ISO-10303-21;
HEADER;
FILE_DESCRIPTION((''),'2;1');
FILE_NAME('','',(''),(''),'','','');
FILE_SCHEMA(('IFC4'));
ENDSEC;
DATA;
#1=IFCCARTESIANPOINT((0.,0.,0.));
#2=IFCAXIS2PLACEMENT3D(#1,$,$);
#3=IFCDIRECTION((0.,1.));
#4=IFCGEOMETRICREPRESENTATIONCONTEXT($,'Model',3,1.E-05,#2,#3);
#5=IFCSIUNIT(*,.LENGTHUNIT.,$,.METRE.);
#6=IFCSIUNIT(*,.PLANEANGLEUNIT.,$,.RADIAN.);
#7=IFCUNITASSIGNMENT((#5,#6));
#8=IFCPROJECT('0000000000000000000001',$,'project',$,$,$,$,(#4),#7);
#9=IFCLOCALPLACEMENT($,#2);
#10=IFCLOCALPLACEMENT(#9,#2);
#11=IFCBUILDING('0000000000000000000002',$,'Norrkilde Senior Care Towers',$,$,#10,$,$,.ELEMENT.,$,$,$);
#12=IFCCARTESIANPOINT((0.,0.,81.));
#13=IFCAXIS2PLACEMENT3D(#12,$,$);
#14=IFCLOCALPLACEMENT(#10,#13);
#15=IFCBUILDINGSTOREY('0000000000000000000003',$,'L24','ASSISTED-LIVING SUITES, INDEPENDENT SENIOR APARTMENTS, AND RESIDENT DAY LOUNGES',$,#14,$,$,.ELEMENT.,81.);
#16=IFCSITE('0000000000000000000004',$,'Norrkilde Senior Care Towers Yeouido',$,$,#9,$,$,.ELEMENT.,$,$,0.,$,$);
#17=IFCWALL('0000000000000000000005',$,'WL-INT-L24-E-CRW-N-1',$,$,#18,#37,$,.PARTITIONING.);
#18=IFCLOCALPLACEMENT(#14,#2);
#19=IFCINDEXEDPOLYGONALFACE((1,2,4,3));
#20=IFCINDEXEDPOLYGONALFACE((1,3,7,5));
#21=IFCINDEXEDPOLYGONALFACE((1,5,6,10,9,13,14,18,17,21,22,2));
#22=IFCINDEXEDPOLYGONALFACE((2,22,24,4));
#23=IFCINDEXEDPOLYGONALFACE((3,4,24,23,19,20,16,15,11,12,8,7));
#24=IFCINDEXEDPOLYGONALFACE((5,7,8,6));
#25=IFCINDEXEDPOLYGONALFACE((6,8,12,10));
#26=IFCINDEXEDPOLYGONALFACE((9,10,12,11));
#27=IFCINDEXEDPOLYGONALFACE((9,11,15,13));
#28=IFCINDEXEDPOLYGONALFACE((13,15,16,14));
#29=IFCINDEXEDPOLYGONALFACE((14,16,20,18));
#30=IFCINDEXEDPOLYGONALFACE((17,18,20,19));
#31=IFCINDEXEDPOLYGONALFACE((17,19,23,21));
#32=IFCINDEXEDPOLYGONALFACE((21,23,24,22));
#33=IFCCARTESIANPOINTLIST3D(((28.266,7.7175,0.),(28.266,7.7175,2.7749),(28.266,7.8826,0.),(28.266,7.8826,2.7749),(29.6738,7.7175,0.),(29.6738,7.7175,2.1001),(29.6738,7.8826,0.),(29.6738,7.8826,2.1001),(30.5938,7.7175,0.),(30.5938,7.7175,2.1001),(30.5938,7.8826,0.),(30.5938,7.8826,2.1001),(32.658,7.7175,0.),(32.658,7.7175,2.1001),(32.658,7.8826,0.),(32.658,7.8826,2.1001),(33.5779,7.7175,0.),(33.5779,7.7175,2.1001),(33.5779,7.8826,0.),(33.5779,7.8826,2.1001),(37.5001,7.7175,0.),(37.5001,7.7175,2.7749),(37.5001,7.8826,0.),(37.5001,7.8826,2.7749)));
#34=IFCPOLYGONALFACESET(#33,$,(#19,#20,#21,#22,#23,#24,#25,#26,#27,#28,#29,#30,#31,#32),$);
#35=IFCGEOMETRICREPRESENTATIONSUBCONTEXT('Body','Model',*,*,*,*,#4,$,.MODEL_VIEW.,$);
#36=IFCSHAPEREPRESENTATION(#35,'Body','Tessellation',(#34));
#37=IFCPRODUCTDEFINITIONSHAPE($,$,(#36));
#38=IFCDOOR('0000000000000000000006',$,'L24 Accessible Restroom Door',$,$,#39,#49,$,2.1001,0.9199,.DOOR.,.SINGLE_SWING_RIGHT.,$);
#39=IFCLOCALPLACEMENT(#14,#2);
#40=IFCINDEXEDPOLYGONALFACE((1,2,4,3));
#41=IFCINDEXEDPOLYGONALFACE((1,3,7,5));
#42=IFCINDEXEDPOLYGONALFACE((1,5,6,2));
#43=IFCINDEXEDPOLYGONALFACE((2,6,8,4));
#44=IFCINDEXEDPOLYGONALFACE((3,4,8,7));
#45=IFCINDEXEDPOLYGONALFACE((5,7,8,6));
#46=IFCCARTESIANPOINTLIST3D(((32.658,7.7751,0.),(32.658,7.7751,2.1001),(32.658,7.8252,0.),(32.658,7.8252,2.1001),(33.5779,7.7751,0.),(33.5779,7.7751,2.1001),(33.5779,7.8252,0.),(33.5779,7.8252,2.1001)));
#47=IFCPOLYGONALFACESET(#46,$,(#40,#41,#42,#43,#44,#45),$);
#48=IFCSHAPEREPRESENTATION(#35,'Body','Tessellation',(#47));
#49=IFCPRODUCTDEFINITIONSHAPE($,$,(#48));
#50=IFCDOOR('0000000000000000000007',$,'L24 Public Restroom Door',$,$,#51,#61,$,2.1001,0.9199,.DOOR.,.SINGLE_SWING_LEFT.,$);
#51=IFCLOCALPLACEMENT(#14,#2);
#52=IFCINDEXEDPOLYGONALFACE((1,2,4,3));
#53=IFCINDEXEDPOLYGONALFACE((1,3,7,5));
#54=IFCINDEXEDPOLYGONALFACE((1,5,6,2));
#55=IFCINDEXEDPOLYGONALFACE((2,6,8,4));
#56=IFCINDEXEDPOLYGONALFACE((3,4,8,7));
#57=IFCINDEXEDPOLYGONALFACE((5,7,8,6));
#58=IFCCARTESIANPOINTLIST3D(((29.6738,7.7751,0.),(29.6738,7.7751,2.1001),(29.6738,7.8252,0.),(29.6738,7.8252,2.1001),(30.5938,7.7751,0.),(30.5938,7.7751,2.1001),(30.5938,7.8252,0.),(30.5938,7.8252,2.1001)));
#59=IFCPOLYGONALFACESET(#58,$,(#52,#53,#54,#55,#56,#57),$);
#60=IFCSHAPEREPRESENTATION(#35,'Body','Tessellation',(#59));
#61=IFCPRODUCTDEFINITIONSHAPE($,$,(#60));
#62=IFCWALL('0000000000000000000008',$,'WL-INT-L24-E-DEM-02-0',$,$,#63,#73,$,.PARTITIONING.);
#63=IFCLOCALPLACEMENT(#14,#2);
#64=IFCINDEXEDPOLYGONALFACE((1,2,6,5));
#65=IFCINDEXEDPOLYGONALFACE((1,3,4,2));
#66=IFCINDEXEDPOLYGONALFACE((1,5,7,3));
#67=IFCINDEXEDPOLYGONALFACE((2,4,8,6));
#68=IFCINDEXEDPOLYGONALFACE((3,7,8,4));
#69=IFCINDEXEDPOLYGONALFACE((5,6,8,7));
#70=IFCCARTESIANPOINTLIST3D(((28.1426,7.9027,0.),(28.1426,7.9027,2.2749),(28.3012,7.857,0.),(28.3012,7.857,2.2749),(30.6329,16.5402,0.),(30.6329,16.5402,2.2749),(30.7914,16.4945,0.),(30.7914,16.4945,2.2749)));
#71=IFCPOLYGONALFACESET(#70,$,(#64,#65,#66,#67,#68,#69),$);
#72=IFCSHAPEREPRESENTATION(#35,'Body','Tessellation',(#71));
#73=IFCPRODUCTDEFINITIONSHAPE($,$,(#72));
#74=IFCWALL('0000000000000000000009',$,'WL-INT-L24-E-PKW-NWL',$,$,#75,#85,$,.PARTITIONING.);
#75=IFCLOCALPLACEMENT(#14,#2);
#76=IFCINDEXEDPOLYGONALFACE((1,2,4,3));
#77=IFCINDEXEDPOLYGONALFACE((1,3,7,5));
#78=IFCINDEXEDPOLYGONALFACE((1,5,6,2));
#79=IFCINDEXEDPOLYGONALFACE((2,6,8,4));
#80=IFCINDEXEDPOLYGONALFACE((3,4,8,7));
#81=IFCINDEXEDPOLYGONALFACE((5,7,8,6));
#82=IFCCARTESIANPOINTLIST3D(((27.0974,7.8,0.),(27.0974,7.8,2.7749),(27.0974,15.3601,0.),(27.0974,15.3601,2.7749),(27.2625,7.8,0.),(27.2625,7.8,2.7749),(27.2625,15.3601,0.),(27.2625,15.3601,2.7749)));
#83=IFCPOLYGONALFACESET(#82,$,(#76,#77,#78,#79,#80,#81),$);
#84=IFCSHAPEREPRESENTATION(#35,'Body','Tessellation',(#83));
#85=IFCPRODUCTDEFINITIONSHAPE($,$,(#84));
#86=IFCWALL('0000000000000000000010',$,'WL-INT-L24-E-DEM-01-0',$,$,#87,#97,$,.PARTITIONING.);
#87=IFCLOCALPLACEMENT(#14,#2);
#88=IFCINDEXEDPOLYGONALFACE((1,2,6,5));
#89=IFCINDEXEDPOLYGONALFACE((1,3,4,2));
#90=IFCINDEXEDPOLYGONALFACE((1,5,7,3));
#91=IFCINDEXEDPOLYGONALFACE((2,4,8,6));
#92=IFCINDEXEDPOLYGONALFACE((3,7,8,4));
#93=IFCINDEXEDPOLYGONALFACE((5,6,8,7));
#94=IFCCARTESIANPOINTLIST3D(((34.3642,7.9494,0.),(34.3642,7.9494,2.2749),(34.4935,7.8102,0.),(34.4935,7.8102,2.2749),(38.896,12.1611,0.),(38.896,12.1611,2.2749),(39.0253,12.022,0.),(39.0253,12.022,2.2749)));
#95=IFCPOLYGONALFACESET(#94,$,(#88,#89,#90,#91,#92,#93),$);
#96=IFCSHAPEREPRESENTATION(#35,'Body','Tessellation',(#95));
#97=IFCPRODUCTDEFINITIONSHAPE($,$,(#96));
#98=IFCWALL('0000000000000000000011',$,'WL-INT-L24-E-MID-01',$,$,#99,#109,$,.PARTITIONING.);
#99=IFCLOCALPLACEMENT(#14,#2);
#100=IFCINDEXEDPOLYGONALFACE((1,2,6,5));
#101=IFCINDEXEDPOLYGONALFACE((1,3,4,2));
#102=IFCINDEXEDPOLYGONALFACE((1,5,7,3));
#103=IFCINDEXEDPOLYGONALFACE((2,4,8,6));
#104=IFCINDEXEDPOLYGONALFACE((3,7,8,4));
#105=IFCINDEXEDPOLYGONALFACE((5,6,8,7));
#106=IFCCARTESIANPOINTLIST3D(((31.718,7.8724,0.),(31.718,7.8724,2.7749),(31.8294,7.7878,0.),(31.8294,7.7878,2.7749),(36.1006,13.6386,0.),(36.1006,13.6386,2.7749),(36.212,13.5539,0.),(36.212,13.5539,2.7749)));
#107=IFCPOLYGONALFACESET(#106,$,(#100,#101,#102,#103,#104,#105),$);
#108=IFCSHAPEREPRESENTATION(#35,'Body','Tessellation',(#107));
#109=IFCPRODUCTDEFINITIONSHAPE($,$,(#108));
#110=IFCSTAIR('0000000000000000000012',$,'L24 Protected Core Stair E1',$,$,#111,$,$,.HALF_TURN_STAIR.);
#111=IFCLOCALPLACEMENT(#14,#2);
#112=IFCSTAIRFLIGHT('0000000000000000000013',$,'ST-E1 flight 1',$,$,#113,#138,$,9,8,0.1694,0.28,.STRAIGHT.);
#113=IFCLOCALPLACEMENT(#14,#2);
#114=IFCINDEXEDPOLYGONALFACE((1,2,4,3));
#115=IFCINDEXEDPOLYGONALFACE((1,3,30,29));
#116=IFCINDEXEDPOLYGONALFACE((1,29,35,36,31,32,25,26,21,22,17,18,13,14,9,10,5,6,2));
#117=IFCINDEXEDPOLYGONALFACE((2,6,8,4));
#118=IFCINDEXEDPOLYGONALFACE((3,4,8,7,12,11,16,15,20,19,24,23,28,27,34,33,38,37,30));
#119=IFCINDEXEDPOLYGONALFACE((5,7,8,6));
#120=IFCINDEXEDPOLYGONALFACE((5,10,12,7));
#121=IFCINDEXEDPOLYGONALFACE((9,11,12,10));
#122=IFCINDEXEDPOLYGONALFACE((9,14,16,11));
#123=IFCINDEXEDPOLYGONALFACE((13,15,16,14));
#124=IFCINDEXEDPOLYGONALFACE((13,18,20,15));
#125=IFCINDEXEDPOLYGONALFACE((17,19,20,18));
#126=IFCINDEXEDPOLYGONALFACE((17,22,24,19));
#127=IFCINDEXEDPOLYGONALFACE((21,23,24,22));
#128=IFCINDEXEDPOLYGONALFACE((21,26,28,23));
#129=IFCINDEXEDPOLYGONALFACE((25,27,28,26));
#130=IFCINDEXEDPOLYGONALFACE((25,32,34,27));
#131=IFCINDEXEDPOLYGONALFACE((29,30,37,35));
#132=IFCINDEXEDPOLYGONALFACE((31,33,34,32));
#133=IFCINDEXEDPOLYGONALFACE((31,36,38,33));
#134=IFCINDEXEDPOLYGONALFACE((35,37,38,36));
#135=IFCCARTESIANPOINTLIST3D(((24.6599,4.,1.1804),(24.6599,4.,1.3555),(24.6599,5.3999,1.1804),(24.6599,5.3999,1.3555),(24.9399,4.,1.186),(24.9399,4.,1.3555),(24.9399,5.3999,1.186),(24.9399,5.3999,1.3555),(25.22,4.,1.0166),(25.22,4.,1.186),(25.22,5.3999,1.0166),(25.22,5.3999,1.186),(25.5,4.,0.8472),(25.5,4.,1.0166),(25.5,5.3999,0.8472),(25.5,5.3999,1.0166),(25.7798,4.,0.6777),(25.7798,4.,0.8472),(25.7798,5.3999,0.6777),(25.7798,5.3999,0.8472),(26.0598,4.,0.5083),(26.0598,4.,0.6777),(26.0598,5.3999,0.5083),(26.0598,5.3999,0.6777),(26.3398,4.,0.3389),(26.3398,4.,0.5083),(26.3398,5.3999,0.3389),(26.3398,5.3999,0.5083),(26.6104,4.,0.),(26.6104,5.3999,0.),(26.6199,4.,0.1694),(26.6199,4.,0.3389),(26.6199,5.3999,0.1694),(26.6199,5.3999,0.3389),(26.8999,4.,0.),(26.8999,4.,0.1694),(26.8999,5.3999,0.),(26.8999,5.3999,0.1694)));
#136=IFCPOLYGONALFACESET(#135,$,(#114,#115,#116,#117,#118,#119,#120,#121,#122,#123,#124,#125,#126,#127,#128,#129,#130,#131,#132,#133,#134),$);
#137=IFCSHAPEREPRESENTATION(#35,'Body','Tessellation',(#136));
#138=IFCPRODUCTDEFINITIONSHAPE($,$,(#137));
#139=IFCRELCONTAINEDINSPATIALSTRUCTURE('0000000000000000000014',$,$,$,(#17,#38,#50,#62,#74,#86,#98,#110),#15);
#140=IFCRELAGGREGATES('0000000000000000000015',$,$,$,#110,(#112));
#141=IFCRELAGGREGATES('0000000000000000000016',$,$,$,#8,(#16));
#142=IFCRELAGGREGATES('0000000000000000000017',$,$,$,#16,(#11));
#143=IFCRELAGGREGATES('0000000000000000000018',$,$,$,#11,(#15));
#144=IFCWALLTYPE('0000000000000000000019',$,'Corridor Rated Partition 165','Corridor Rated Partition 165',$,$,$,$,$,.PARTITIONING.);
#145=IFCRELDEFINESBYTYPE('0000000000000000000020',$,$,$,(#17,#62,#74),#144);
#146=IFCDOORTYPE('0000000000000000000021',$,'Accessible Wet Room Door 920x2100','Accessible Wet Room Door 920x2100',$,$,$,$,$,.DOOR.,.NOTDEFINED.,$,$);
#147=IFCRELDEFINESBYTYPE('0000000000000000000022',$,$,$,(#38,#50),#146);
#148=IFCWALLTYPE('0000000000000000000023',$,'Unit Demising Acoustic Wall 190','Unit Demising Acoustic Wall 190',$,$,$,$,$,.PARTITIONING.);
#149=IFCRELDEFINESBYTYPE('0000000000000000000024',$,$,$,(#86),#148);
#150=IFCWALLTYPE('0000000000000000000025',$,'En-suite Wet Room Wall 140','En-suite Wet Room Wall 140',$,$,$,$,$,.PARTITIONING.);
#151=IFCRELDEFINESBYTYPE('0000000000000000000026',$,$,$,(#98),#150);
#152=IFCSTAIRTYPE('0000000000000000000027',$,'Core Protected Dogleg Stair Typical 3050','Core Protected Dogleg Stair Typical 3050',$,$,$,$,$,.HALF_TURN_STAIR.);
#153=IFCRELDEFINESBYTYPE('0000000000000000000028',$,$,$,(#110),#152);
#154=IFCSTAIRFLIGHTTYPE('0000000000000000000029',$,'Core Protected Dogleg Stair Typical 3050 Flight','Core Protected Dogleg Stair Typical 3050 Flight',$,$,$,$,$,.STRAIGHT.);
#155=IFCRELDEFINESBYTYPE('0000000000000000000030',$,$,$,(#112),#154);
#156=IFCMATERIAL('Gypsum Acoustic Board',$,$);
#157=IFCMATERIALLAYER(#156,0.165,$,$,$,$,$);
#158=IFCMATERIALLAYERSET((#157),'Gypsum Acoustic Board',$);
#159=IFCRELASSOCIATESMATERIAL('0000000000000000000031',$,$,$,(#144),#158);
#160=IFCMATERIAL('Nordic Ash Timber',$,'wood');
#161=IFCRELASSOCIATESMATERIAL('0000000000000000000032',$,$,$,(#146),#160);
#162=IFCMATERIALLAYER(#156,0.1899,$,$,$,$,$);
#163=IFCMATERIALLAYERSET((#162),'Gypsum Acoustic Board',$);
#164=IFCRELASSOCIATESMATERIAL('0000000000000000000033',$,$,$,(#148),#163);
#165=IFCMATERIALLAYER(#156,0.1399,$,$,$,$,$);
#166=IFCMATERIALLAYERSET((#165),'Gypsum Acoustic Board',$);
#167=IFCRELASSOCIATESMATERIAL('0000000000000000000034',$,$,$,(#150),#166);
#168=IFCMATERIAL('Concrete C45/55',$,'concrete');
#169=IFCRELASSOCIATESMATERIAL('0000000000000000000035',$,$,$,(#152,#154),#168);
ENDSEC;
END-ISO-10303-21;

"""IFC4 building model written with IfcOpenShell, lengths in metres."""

from ifc_helpers import new_model, si_unit, direction, frame, frame_2d, origin, place, context, subcontext, project, spatial, polyline, rectangle, outline, extrude, source, transform, mapped, material, layer, layer_set, type_object, type_shapes, element, fill, aggregate, save


model = new_model("IFC4")

# Units and contexts
model_context = context("Model", 3, precision=1e-05, world=origin(), true_north=direction((0.0, 1.0)))
body_context = subcontext(model_context, "Body", "Model", "MODEL_VIEW")
ifc_project = project(units=[si_unit("LENGTHUNIT", "METRE"), si_unit("PLANEANGLEUNIT", "RADIAN")], contexts=[model_context])

# Site, building, storey
site_placement = place(None, origin())
site = spatial("IfcSite", under=ifc_project, at=site_placement, Name="Norrkilde Senior Care Towers Yeouido", CompositionType="ELEMENT", RefElevation=0.0)
building_placement = place(site_placement, origin())
building = spatial("IfcBuilding", under=site, at=building_placement, Name="Norrkilde Senior Care Towers", CompositionType="ELEMENT")
storey_placement = place(building_placement, frame((0.0, 0.0, 81.0)))
storey = spatial("IfcBuildingStorey", under=building, at=storey_placement, Name="L24", Description="ASSISTED-LIVING SUITES, INDEPENDENT SENIOR APARTMENTS, AND RESIDENT DAY LOUNGES", CompositionType="ELEMENT", Elevation=81.0)

# Shared definitions
ifc_material_1 = material(Name="Concrete C45/55", Category="concrete")

# Shared definitions
ifc_material_2 = material(Name="Gypsum Acoustic Board")

# Wall, openings, doors
ifc_layer_1 = layer(ifc_material_2, 0.165)
ifc_layer_set_1 = layer_set([ifc_layer_1], Name="Gypsum Acoustic Board")
wall_type_1 = type_object("IfcWallType", Name="Corridor Rated Partition 165", Description="Corridor Rated Partition 165", PredefinedType="PARTITIONING", material=ifc_layer_set_1)
shared_shape_1 = source(origin(), body_context, "Body", "SweptSolid", [
    extrude(rectangle(XDim=9.2341, YDim=0.165, at=frame_2d((4.6172, 0.0))), origin(), (0.0, 0.0, 1.0), 2.7749),
])
wall_1_placement = place(storey_placement, frame((28.2659, 7.8, 0.0), z_axis=(0.0, 0.0, 1.0), x_axis=(1.0, 0.0, 0.0)))
wall_1 = element("IfcWall", 1, at=wall_1_placement, inside=storey, type_object=wall_type_1, Name="WL-INT-L24-E-CRW-N-1", PredefinedType="PARTITIONING", context=body_context, shape_type="MappedRepresentation", body=[
    mapped(shared_shape_1, transform((0.0, 0.0, 0.0), x_axis=(1.0, 0.0, 0.0), y_axis=(0.0, 1.0, 0.0), z_axis=(0.0, 0.0, 1.0), scale=1.0)),
])
opening_1_placement = place(wall_1_placement, frame((4.3921, 0.0, 0.0)))
opening_1 = element("IfcOpeningElement", 2, at=opening_1_placement, cuts=wall_1, PredefinedType="OPENING", context=body_context, shape_type="SweptSolid", body=[
    extrude(rectangle(XDim=0.9199, YDim=2.1001, at=frame_2d((0.46, 1.05))), frame((0.0, 0.0925, 0.0), z_axis=(0.0, -1.0, 0.0), x_axis=(1.0, 0.0, 0.0)), (0.0, 0.0, 1.0), 0.1851),
])
opening_2_placement = place(wall_1_placement, frame((1.408, 0.0, 0.0)))
opening_2 = element("IfcOpeningElement", 3, at=opening_2_placement, cuts=wall_1, PredefinedType="OPENING", context=body_context, shape_type="SweptSolid", body=[
    extrude(rectangle(XDim=0.9199, YDim=2.1001, at=frame_2d((0.46, 1.05))), frame((0.0, 0.0925, 0.0), z_axis=(0.0, -1.0, 0.0), x_axis=(1.0, 0.0, 0.0)), (0.0, 0.0, 1.0), 0.1851),
])
ifc_material_3 = material(Name="Nordic Ash Timber", Category="wood")
door_type_1 = type_object("IfcDoorType", Name="Accessible Wet Room Door 920x2100", Description="Accessible Wet Room Door 920x2100", OperationType="NOTDEFINED", PredefinedType="DOOR", material=ifc_material_3)
shared_shape_2 = source(origin(), body_context, "Body", "SweptSolid", [
    extrude(rectangle(XDim=0.9199, YDim=2.1001, at=frame_2d((0.46, 1.05))), frame((0.0, 0.0249, 0.0), z_axis=(0.0, -1.0, 0.0), x_axis=(1.0, 0.0, 0.0)), (0.0, 0.0, 1.0), 0.05),
])
type_shapes(door_type_1, [shared_shape_2])
door_1_placement = place(opening_1_placement, frame((0.9199, 0.0, 0.0), z_axis=(0.0, 0.0, 1.0), x_axis=(-1.0, 0.0, 0.0)))
door_1 = element("IfcDoor", 4, at=door_1_placement, inside=storey, type_object=door_type_1, Name="L24 Accessible Restroom Door", OperationType="SINGLE_SWING_RIGHT", OverallHeight=2.1001, OverallWidth=0.9199, PredefinedType="DOOR", context=body_context, shape_type="MappedRepresentation", body=[
    mapped(shared_shape_2, transform((0.0, 0.0, 0.0), x_axis=(1.0, 0.0, 0.0), y_axis=(0.0, 1.0, 0.0), z_axis=(0.0, 0.0, 1.0), scale=1.0)),
])
fill(opening_1, door_1)
door_2_placement = place(opening_2_placement, frame((0.9199, 0.0, 0.0), z_axis=(0.0, 0.0, 1.0), x_axis=(-1.0, 0.0, 0.0)))
door_2 = element("IfcDoor", 5, at=door_2_placement, inside=storey, type_object=door_type_1, Name="L24 Public Restroom Door", OperationType="SINGLE_SWING_LEFT", OverallHeight=2.1001, OverallWidth=0.9199, PredefinedType="DOOR", context=body_context, shape_type="MappedRepresentation", body=[
    mapped(shared_shape_2, transform((0.0, 0.0, 0.0), x_axis=(1.0, 0.0, 0.0), y_axis=(0.0, 1.0, 0.0), z_axis=(0.0, 0.0, 1.0), scale=1.0)),
])
fill(opening_2, door_2)

# Walls
shared_shape_3 = source(origin(), body_context, "Body", "SweptSolid", [
    extrude(rectangle(XDim=8.9893, YDim=0.165, at=frame_2d((4.4946, 0.0))), origin(), (0.0, 0.0, 1.0), 2.2749),
])
wall_2_placement = place(storey_placement, frame((28.2219, 7.8799, 0.0), z_axis=(0.0, 0.0, 1.0), x_axis=(0.277023, 0.960863, 0.0)))
element("IfcWall", 6, at=wall_2_placement, inside=storey, type_object=wall_type_1, Name="WL-INT-L24-E-DEM-02-0", PredefinedType="PARTITIONING", context=body_context, shape_type="MappedRepresentation", body=[
    mapped(shared_shape_3, transform((0.0, 0.0, 0.0), x_axis=(1.0, 0.0, 0.0), y_axis=(0.0, 1.0, 0.0), z_axis=(0.0, 0.0, 1.0), scale=1.0)),
])
shared_shape_4 = source(origin(), body_context, "Body", "SweptSolid", [
    extrude(rectangle(XDim=7.5601, YDim=0.165, at=frame_2d((3.78, 0.0))), origin(), (0.0, 0.0, 1.0), 2.7749),
])
type_shapes(wall_type_1, [shared_shape_1, shared_shape_3, shared_shape_4])
wall_3_placement = place(storey_placement, frame((27.1799, 7.8, 0.0), z_axis=(0.0, 0.0, 1.0), x_axis=(0.0, 1.0, 0.0)))
element("IfcWall", 7, at=wall_3_placement, inside=storey, type_object=wall_type_1, Name="WL-INT-L24-E-PKW-NWL", PredefinedType="PARTITIONING", context=body_context, shape_type="MappedRepresentation", body=[
    mapped(shared_shape_4, transform((0.0, 0.0, 0.0), x_axis=(1.0, 0.0, 0.0), y_axis=(0.0, 1.0, 0.0), z_axis=(0.0, 0.0, 1.0), scale=1.0)),
])
ifc_layer_2 = layer(ifc_material_2, 0.1899)
ifc_layer_set_2 = layer_set([ifc_layer_2], Name="Gypsum Acoustic Board")
wall_type_2 = type_object("IfcWallType", Name="Unit Demising Acoustic Wall 190", Description="Unit Demising Acoustic Wall 190", PredefinedType="PARTITIONING", material=ifc_layer_set_2)
shared_shape_5 = source(origin(), body_context, "Body", "SweptSolid", [
    extrude(rectangle(XDim=6.1868, YDim=0.1899, at=frame_2d((3.0933, 0.0))), origin(), (0.0, 0.0, 1.0), 2.2749),
])
type_shapes(wall_type_2, [shared_shape_5])
wall_4_placement = place(storey_placement, frame((34.429, 7.8799, 0.0), z_axis=(0.0, 0.0, 1.0), x_axis=(0.732501, 0.680766, 0.0)))
element("IfcWall", 8, at=wall_4_placement, inside=storey, type_object=wall_type_2, Name="WL-INT-L24-E-DEM-01-0", PredefinedType="PARTITIONING", context=body_context, shape_type="MappedRepresentation", body=[
    mapped(shared_shape_5, transform((0.0, 0.0, 0.0), x_axis=(1.0, 0.0, 0.0), y_axis=(0.0, 1.0, 0.0), z_axis=(0.0, 0.0, 1.0), scale=1.0)),
])
ifc_layer_3 = layer(ifc_material_2, 0.1399)
ifc_layer_set_3 = layer_set([ifc_layer_3], Name="Gypsum Acoustic Board")
wall_type_3 = type_object("IfcWallType", Name="En-suite Wet Room Wall 140", Description="En-suite Wet Room Wall 140", PredefinedType="PARTITIONING", material=ifc_layer_set_3)
shared_shape_6 = source(origin(), body_context, "Body", "SweptSolid", [
    extrude(rectangle(XDim=7.2427, YDim=0.1399, at=frame_2d((3.6213, 0.0))), origin(), (0.0, 0.0, 1.0), 2.7749),
])
type_shapes(wall_type_3, [shared_shape_6])
wall_5_placement = place(storey_placement, frame((31.7737, 7.8301, 0.0), z_axis=(0.0, 0.0, 1.0), x_axis=(0.605111, 0.796141, 0.0)))
element("IfcWall", 9, at=wall_5_placement, inside=storey, type_object=wall_type_3, Name="WL-INT-L24-E-MID-01", PredefinedType="PARTITIONING", context=body_context, shape_type="MappedRepresentation", body=[
    mapped(shared_shape_6, transform((0.0, 0.0, 0.0), x_axis=(1.0, 0.0, 0.0), y_axis=(0.0, 1.0, 0.0), z_axis=(0.0, 0.0, 1.0), scale=1.0)),
])

# Stair, stair flight
stair_type = type_object("IfcStairType", Name="Core Protected Dogleg Stair Typical 3050", Description="Core Protected Dogleg Stair Typical 3050", PredefinedType="HALF_TURN_STAIR", material=ifc_material_1)
stair_placement = place(storey_placement, origin())
stair = element("IfcStair", 10, at=stair_placement, inside=storey, type_object=stair_type, Name="L24 Protected Core Stair E1", PredefinedType="HALF_TURN_STAIR")
stair_flight_type = type_object("IfcStairFlightType", Name="Core Protected Dogleg Stair Typical 3050 Flight", Description="Core Protected Dogleg Stair Typical 3050 Flight", PredefinedType="STRAIGHT", material=ifc_material_1)
stair_flight_placement = place(storey_placement, frame((26.8999, 4.7, 0.0), z_axis=(0.0, 0.0, 1.0), x_axis=(-1.0, 0.0, 0.0)))
stair_flight = element("IfcStairFlight", 11, at=stair_flight_placement, type_object=stair_flight_type, Name="ST-E1 flight 1", NumberOfRisers=9, NumberOfTreads=8, PredefinedType="STRAIGHT", RiserHeight=0.1694, TreadLength=0.28, context=body_context, shape_type="SweptSolid", body=[
    extrude(outline(polyline([(0.0, 0.0), (0.0, 0.1694), (0.28, 0.1694), (0.28, 0.3389), (0.5601, 0.3389), (0.5601, 0.5083), (0.8401, 0.5083), (0.8401, 0.6777), (1.1201, 0.6777), (1.1201, 0.8472), (1.3999, 0.8472), (1.3999, 1.0166), (1.6799, 1.0166), (1.6799, 1.186), (1.96, 1.186), (1.96, 1.3555), (2.24, 1.3555), (2.24, 1.5249), (2.24, 1.1804), (0.2896, 0.0), (0.0, 0.0)])), frame((0.0, 0.7, 0.0), z_axis=(0.0, -1.0, 0.0), x_axis=(1.0, 0.0, 0.0)), (0.0, 0.0, 1.0), 1.3999),
])
aggregate(stair, [stair_flight])

save(model, "model.ifc")
